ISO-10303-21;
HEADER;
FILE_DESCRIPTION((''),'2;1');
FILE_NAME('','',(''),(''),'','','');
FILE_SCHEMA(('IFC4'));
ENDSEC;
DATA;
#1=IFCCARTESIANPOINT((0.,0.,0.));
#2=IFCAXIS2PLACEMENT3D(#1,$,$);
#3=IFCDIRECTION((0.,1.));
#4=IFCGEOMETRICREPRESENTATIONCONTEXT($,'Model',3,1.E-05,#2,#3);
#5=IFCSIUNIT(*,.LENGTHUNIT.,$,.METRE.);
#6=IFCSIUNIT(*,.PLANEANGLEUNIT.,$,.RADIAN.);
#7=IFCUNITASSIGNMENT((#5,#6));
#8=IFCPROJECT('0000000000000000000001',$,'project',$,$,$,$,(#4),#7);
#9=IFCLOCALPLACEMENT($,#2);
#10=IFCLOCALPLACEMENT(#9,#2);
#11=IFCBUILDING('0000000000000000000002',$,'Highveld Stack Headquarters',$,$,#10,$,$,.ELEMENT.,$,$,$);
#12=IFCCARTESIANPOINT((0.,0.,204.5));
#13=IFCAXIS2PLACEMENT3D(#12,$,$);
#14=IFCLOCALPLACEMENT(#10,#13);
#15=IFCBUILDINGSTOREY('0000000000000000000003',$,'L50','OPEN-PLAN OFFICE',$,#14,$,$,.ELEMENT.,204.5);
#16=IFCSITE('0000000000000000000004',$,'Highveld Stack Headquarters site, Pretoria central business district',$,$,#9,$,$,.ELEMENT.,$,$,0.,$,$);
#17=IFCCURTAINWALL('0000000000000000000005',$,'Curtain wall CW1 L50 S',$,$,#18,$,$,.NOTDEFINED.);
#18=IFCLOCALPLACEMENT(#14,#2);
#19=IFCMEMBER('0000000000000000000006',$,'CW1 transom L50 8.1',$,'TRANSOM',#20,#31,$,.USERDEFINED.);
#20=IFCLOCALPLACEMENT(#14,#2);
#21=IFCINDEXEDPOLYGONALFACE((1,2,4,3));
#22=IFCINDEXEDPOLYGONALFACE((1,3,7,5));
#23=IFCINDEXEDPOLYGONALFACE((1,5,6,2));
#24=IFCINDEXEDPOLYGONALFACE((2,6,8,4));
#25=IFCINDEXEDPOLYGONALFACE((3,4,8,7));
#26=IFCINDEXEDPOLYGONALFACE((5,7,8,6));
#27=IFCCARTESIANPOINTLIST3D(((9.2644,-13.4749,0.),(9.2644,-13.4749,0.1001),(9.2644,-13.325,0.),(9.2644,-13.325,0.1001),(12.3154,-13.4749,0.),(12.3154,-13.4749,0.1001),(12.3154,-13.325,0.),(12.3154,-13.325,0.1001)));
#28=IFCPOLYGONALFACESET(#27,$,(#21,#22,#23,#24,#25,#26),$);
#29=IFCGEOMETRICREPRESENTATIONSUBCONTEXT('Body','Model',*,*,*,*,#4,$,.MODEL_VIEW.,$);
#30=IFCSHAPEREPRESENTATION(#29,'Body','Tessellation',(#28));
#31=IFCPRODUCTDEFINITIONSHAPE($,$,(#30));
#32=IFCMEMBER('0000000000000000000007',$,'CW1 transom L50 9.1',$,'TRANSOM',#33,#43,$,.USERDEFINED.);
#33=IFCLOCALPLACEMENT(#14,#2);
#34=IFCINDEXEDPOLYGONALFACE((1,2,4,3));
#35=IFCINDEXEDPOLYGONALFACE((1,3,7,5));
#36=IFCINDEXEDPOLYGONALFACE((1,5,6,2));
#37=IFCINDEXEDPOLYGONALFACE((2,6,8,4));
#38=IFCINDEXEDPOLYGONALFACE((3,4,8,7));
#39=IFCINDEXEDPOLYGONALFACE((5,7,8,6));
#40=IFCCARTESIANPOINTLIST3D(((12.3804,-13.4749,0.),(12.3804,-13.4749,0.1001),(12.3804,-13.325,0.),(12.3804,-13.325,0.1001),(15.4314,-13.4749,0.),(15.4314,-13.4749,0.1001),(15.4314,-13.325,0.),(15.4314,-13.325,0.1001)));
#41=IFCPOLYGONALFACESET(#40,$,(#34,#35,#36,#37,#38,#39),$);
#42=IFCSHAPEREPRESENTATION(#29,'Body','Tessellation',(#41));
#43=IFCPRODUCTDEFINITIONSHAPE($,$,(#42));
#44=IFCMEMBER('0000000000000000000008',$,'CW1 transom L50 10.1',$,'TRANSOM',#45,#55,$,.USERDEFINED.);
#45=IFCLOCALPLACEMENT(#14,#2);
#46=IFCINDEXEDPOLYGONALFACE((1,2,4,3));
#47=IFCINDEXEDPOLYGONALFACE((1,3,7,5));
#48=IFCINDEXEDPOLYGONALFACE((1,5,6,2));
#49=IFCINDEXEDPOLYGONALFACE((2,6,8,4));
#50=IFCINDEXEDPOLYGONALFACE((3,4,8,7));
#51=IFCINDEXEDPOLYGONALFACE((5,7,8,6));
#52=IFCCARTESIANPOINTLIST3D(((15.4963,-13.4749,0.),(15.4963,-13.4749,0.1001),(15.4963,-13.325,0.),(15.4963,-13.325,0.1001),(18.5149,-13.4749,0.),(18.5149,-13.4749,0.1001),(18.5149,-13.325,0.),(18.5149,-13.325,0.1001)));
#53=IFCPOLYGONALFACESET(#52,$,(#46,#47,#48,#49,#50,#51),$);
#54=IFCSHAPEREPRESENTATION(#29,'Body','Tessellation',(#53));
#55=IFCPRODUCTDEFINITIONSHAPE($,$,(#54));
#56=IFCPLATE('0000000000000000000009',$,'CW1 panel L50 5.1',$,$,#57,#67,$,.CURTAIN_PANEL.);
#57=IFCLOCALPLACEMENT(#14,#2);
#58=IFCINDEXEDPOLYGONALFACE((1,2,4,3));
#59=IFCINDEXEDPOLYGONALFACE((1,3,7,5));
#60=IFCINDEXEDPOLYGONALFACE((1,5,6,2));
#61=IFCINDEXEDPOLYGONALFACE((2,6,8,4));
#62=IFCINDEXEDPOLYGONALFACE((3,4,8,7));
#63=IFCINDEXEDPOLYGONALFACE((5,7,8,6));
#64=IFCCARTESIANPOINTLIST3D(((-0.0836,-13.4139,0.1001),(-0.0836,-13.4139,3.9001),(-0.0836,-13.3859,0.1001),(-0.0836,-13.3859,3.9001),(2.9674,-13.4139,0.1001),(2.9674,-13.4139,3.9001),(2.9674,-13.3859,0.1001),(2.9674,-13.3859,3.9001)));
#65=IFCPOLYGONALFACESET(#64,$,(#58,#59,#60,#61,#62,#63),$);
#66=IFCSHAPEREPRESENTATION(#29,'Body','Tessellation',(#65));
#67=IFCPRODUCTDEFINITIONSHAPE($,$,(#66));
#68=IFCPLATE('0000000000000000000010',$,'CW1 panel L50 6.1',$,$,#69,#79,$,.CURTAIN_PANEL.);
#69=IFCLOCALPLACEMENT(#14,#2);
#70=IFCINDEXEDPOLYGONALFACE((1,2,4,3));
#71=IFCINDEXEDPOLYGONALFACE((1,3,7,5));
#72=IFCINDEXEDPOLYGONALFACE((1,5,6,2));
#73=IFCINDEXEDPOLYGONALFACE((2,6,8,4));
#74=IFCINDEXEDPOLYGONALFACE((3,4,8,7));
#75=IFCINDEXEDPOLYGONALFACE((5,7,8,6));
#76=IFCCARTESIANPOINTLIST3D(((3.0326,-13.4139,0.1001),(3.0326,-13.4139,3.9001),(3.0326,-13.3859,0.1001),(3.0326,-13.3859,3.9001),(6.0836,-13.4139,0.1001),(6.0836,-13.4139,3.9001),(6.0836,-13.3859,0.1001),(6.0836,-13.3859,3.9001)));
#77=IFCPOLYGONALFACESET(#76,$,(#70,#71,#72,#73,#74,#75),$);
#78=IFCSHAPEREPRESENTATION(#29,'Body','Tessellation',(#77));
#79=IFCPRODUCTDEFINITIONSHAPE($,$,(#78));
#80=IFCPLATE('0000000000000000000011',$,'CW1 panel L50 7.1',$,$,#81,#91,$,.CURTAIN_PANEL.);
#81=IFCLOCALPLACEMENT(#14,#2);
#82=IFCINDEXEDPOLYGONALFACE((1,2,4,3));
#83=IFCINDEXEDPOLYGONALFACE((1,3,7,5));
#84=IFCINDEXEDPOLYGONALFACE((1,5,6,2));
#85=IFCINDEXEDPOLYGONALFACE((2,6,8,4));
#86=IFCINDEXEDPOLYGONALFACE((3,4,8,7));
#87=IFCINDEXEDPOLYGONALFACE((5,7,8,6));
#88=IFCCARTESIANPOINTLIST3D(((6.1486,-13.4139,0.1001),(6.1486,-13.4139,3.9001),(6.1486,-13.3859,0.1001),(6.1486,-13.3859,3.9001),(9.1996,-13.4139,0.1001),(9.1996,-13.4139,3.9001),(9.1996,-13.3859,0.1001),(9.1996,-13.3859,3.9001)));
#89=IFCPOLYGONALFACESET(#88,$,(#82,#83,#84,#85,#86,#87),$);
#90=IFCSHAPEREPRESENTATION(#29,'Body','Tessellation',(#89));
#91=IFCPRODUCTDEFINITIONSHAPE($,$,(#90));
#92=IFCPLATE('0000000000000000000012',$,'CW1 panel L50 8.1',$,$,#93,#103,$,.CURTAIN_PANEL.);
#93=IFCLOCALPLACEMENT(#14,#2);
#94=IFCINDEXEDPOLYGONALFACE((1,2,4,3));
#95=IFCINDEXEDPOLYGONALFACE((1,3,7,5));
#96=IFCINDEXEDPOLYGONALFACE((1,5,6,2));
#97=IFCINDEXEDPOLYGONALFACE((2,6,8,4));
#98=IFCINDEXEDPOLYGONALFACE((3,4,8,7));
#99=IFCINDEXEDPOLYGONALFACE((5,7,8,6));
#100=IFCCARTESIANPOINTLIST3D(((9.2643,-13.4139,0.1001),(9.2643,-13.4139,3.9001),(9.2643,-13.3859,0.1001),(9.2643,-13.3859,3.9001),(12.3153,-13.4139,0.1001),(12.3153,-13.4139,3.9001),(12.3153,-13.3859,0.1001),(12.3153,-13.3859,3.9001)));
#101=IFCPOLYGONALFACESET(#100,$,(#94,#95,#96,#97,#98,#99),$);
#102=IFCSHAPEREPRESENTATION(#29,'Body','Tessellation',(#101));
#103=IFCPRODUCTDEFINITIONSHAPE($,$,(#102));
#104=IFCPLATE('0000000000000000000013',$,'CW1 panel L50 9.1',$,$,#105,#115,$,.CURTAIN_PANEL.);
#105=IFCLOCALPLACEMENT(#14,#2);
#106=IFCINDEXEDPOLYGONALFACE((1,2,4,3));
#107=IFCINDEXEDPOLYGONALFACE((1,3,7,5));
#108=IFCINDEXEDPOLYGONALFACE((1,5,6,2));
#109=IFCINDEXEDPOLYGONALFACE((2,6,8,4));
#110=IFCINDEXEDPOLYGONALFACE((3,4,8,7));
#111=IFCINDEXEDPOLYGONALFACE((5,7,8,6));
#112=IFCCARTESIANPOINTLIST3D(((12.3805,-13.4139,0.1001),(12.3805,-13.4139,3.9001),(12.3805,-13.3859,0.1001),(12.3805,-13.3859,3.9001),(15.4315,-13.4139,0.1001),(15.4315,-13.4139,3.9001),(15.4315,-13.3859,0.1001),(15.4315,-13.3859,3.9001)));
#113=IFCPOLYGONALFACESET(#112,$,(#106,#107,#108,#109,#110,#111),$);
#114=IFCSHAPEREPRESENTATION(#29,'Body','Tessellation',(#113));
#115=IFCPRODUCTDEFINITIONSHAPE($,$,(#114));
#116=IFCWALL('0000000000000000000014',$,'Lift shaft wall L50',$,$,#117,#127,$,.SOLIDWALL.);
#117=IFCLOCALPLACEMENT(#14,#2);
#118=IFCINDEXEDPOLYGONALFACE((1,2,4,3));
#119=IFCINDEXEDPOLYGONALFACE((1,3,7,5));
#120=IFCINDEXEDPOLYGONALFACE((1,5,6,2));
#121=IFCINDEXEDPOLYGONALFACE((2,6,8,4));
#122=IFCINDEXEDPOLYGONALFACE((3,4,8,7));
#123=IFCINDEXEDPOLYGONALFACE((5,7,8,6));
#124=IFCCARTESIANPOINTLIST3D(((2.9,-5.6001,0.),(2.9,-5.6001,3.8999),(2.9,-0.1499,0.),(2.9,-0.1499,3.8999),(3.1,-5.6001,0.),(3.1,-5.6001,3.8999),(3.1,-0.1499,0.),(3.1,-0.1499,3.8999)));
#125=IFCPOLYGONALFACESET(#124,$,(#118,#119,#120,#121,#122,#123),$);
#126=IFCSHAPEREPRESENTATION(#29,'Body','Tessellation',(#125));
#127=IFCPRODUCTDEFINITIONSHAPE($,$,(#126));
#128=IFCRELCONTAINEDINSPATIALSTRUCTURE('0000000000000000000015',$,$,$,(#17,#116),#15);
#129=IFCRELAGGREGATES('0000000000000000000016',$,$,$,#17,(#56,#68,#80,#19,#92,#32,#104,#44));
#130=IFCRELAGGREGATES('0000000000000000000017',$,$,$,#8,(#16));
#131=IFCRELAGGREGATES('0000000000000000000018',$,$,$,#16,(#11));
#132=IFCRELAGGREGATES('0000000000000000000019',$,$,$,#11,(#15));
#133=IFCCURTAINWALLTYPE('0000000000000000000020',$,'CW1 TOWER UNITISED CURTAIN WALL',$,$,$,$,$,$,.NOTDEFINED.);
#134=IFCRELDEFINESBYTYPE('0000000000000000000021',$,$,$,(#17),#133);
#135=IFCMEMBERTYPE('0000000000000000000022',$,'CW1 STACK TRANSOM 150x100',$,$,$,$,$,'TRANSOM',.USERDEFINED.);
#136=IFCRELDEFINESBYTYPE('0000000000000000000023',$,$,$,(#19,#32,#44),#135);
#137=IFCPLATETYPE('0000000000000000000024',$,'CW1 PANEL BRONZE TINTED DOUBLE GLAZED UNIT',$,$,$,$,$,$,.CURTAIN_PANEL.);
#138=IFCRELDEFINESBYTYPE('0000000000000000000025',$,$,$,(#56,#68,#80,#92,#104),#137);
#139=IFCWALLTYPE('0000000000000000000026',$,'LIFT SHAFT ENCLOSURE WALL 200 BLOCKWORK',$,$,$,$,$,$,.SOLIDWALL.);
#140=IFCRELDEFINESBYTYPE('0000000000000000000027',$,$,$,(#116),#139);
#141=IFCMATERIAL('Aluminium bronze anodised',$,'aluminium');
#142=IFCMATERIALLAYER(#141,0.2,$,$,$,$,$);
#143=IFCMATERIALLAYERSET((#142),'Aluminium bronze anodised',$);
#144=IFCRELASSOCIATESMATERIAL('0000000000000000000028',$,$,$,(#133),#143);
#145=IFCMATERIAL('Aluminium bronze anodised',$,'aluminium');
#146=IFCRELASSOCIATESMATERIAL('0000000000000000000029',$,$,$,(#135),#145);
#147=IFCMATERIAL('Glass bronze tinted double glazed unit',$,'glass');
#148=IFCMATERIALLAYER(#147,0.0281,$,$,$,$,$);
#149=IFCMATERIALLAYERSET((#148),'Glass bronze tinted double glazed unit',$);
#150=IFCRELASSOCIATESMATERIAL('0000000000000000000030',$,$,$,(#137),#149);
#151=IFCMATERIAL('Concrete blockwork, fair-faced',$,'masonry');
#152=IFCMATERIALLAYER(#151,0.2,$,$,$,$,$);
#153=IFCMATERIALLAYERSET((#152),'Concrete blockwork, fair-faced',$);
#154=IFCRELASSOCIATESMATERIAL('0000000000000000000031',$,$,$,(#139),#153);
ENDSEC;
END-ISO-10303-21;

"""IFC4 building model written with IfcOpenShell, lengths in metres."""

from ifc_helpers import new_model, si_unit, direction, frame, frame_2d, origin, origin_2d, place, context, subcontext, project, spatial, rectangle, extrude, material, layer, layer_set, material_profile, profile_set, type_object, element, aggregate, save


model = new_model("IFC4")

# Units and contexts
model_context = context("Model", 3, precision=1e-05, world=origin(), true_north=direction((0.0, 1.0)))
body_context = subcontext(model_context, "Body", "Model", "MODEL_VIEW")
ifc_project = project(units=[si_unit("LENGTHUNIT", "METRE"), si_unit("PLANEANGLEUNIT", "RADIAN")], contexts=[model_context])

# Site, building, storey
site_placement = place(None, origin())
site = spatial("IfcSite", under=ifc_project, at=site_placement, Name="Highveld Stack Headquarters site, Pretoria central business district", CompositionType="ELEMENT", RefElevation=0.0)
building_placement = place(site_placement, origin())
building = spatial("IfcBuilding", under=site, at=building_placement, Name="Highveld Stack Headquarters", CompositionType="ELEMENT")
storey_placement = place(building_placement, frame((0.0, 0.0, 204.5)))
storey = spatial("IfcBuildingStorey", under=building, at=storey_placement, Name="L50", Description="OPEN-PLAN OFFICE", CompositionType="ELEMENT", Elevation=204.5)

# Curtain wall, members, plates
ifc_material_1 = material(Name="Aluminium bronze anodised", Category="aluminium")
ifc_layer_1 = layer(ifc_material_1, 0.2)
ifc_layer_set_1 = layer_set([ifc_layer_1], Name="Aluminium bronze anodised")
curtain_wall_type = type_object("IfcCurtainWallType", Name="CW1 TOWER UNITISED CURTAIN WALL", PredefinedType="NOTDEFINED", material=ifc_layer_set_1)
curtain_wall_placement = place(storey_placement, origin())
curtain_wall = element("IfcCurtainWall", 1, at=curtain_wall_placement, inside=storey, type_object=curtain_wall_type, Name="Curtain wall CW1 L50 S", PredefinedType="NOTDEFINED")
ifc_material_2 = material(Name="Aluminium bronze anodised", Category="aluminium")
ifc_material_profile_1 = material_profile(ifc_material_2, rectangle(XDim=0.1499, YDim=0.1001, at=origin_2d()), Name="CW1 TRANSOM 150x100")
ifc_profile_set_1 = profile_set([ifc_material_profile_1], Name="Aluminium bronze anodised")
member_type_1 = type_object("IfcMemberType", Name="CW1 STACK TRANSOM 150x100", ElementType="TRANSOM", PredefinedType="USERDEFINED", material=ifc_profile_set_1)
member_1_placement = place(storey_placement, frame((9.2644, -13.3999, 0.05), z_axis=(1.0, 0.0, 0.0), x_axis=(0.0, 1.0, 0.0)))
member_1 = element("IfcMember", 2, at=member_1_placement, type_object=member_type_1, Name="CW1 transom L50 8.1", ObjectType="TRANSOM", PredefinedType="USERDEFINED", context=body_context, shape_type="SweptSolid", body=[
    extrude(rectangle(XDim=0.1499, YDim=0.1001, at=origin_2d()), origin(), (0.0, 0.0, 1.0), 3.051),
])
member_2_placement = place(storey_placement, frame((12.3804, -13.3999, 0.05), z_axis=(1.0, 0.0, 0.0), x_axis=(0.0, 1.0, 0.0)))
member_2 = element("IfcMember", 3, at=member_2_placement, type_object=member_type_1, Name="CW1 transom L50 9.1", ObjectType="TRANSOM", PredefinedType="USERDEFINED", context=body_context, shape_type="SweptSolid", body=[
    extrude(rectangle(XDim=0.1499, YDim=0.1001, at=origin_2d()), origin(), (0.0, 0.0, 1.0), 3.051),
])
member_3_placement = place(storey_placement, frame((15.4963, -13.3999, 0.05), z_axis=(1.0, 0.0, 0.0), x_axis=(0.0, 1.0, 0.0)))
member_3 = element("IfcMember", 4, at=member_3_placement, type_object=member_type_1, Name="CW1 transom L50 10.1", ObjectType="TRANSOM", PredefinedType="USERDEFINED", context=body_context, shape_type="SweptSolid", body=[
    extrude(rectangle(XDim=0.1499, YDim=0.1001, at=origin_2d()), origin(), (0.0, 0.0, 1.0), 3.0186),
])
ifc_material_3 = material(Name="Glass bronze tinted double glazed unit", Category="glass")
ifc_layer_2 = layer(ifc_material_3, 0.0281)
ifc_layer_set_2 = layer_set([ifc_layer_2], Name="Glass bronze tinted double glazed unit")
plate_type = type_object("IfcPlateType", Name="CW1 PANEL BRONZE TINTED DOUBLE GLAZED UNIT", PredefinedType="CURTAIN_PANEL", material=ifc_layer_set_2)
plate_1_placement = place(storey_placement, frame((1.4419, -13.3999, 0.1001), z_axis=(0.0, 0.0, 1.0), x_axis=(1.0, 0.0, 0.0)))
plate_1 = element("IfcPlate", 5, at=plate_1_placement, type_object=plate_type, Name="CW1 panel L50 5.1", PredefinedType="CURTAIN_PANEL", context=body_context, shape_type="SweptSolid", body=[
    extrude(rectangle(XDim=3.051, YDim=0.0281, at=origin_2d()), origin(), (0.0, 0.0, 1.0), 3.8),
])
plate_2_placement = place(storey_placement, frame((4.5581, -13.3999, 0.1001), z_axis=(0.0, 0.0, 1.0), x_axis=(1.0, 0.0, 0.0)))
plate_2 = element("IfcPlate", 6, at=plate_2_placement, type_object=plate_type, Name="CW1 panel L50 6.1", PredefinedType="CURTAIN_PANEL", context=body_context, shape_type="SweptSolid", body=[
    extrude(rectangle(XDim=3.051, YDim=0.0281, at=origin_2d()), origin(), (0.0, 0.0, 1.0), 3.8),
])
plate_3_placement = place(storey_placement, frame((7.6741, -13.3999, 0.1001), z_axis=(0.0, 0.0, 1.0), x_axis=(1.0, 0.0, 0.0)))
plate_3 = element("IfcPlate", 7, at=plate_3_placement, type_object=plate_type, Name="CW1 panel L50 7.1", PredefinedType="CURTAIN_PANEL", context=body_context, shape_type="SweptSolid", body=[
    extrude(rectangle(XDim=3.051, YDim=0.0281, at=origin_2d()), origin(), (0.0, 0.0, 1.0), 3.8),
])
plate_4_placement = place(storey_placement, frame((10.7898, -13.3999, 0.1001), z_axis=(0.0, 0.0, 1.0), x_axis=(1.0, 0.0, 0.0)))
plate_4 = element("IfcPlate", 8, at=plate_4_placement, type_object=plate_type, Name="CW1 panel L50 8.1", PredefinedType="CURTAIN_PANEL", context=body_context, shape_type="SweptSolid", body=[
    extrude(rectangle(XDim=3.051, YDim=0.0281, at=origin_2d()), origin(), (0.0, 0.0, 1.0), 3.8),
])
plate_5_placement = place(storey_placement, frame((13.906, -13.3999, 0.1001), z_axis=(0.0, 0.0, 1.0), x_axis=(1.0, 0.0, 0.0)))
plate_5 = element("IfcPlate", 9, at=plate_5_placement, type_object=plate_type, Name="CW1 panel L50 9.1", PredefinedType="CURTAIN_PANEL", context=body_context, shape_type="SweptSolid", body=[
    extrude(rectangle(XDim=3.051, YDim=0.0281, at=origin_2d()), origin(), (0.0, 0.0, 1.0), 3.8),
])
aggregate(curtain_wall, [plate_1, plate_2, plate_3, member_1, plate_4, member_2, plate_5, member_3])

# Wall
ifc_material_4 = material(Name="Concrete blockwork, fair-faced", Category="masonry")
ifc_layer_3 = layer(ifc_material_4, 0.2)
ifc_layer_set_3 = layer_set([ifc_layer_3], Name="Concrete blockwork, fair-faced")
wall_type = type_object("IfcWallType", Name="LIFT SHAFT ENCLOSURE WALL 200 BLOCKWORK", PredefinedType="SOLIDWALL", material=ifc_layer_set_3)
wall_placement = place(storey_placement, frame((3.0, -5.6001, 0.0), z_axis=(0.0, 0.0, 1.0), x_axis=(0.0, 1.0, 0.0)))
element("IfcWall", 10, at=wall_placement, inside=storey, type_object=wall_type, Name="Lift shaft wall L50", PredefinedType="SOLIDWALL", context=body_context, shape_type="SweptSolid", body=[
    extrude(rectangle(XDim=5.4502, YDim=0.2, at=frame_2d((2.7251, 0.0))), origin(), (0.0, 0.0, 1.0), 3.8999),
])

save(model, "model.ifc")
